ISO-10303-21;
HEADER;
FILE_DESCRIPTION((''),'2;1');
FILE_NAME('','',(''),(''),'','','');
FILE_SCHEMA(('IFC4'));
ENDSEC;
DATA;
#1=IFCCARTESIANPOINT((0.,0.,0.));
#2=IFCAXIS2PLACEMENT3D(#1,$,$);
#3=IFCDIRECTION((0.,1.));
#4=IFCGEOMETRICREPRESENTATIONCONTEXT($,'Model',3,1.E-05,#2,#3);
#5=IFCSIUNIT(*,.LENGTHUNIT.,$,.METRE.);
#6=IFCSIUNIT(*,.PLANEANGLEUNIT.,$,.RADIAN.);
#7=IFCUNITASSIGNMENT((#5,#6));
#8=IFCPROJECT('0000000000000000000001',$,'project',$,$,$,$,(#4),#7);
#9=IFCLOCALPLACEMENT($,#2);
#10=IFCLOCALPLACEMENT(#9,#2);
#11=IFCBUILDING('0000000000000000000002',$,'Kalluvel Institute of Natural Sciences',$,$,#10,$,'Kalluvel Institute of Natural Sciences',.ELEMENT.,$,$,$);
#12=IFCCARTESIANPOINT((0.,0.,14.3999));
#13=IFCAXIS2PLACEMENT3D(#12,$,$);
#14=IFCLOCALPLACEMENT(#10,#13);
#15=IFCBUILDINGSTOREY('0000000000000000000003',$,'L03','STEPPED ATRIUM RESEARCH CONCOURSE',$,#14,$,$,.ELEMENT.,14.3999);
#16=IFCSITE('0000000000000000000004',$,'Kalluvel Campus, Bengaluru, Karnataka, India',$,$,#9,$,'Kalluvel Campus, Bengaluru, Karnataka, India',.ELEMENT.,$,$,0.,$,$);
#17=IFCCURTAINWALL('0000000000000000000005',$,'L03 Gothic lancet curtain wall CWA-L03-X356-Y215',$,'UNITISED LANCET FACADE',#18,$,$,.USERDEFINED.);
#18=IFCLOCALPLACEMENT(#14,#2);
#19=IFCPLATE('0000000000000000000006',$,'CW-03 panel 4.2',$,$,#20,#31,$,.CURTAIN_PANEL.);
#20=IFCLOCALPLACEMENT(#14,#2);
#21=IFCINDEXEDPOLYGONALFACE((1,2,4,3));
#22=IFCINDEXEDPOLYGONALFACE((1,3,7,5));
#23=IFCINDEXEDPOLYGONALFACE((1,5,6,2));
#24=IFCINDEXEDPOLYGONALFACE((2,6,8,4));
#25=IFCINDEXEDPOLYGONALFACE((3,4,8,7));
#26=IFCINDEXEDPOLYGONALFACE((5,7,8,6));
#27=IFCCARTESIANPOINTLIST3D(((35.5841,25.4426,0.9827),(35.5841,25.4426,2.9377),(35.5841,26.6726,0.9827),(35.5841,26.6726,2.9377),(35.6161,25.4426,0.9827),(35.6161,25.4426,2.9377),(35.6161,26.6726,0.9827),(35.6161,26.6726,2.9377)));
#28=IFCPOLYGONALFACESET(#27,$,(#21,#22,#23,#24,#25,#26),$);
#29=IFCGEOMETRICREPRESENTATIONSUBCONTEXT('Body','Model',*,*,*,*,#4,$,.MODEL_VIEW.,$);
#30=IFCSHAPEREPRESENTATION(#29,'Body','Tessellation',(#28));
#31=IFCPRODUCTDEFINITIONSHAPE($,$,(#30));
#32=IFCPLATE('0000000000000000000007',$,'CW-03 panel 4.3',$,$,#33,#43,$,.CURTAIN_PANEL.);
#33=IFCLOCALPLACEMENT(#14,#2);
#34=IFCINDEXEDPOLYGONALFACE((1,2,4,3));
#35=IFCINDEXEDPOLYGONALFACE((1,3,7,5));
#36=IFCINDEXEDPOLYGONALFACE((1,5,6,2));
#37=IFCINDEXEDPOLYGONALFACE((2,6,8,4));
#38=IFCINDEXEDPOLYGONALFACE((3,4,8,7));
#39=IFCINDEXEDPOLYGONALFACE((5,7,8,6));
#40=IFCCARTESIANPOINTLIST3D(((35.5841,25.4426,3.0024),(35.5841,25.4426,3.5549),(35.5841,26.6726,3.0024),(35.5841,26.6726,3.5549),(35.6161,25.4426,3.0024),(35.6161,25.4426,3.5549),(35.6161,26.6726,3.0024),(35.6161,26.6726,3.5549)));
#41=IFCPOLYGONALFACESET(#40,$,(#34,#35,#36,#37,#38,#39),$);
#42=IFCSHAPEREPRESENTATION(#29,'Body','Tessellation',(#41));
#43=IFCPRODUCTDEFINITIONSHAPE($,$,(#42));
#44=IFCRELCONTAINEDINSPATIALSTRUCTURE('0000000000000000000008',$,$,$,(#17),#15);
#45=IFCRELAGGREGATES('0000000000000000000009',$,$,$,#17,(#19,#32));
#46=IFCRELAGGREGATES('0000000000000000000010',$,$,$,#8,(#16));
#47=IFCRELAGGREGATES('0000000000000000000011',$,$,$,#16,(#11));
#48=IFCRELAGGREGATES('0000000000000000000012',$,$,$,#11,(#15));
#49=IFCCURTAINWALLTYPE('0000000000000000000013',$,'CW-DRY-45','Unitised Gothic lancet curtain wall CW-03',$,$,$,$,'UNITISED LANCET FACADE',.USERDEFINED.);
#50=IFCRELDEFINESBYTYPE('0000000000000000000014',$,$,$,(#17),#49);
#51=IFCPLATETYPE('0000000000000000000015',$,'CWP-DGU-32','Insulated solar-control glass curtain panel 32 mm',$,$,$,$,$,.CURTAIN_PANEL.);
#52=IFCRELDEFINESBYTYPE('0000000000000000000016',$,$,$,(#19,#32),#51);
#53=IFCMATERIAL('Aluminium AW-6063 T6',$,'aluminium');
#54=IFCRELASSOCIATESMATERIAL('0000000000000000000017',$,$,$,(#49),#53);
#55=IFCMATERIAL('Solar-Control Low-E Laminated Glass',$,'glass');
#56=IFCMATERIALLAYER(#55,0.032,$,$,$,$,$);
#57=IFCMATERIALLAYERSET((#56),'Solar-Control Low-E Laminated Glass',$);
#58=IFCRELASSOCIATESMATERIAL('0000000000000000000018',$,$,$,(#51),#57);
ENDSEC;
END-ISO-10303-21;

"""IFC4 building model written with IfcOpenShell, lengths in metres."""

from ifc_helpers import new_model, si_unit, direction, frame, origin, origin_2d, place, context, subcontext, project, spatial, rectangle, extrude, material, layer, layer_set, type_object, element, aggregate, save


model = new_model("IFC4")

# Units and contexts
model_context = context("Model", 3, precision=1e-05, world=origin(), true_north=direction((0.0, 1.0)))
body_context = subcontext(model_context, "Body", "Model", "MODEL_VIEW")
ifc_project = project(units=[si_unit("LENGTHUNIT", "METRE"), si_unit("PLANEANGLEUNIT", "RADIAN")], contexts=[model_context])

# Site, building, storey
site_placement = place(None, origin())
site = spatial("IfcSite", under=ifc_project, at=site_placement, Name="Kalluvel Campus, Bengaluru, Karnataka, India", LongName="Kalluvel Campus, Bengaluru, Karnataka, India", CompositionType="ELEMENT", RefElevation=0.0)
building_placement = place(site_placement, origin())
building = spatial("IfcBuilding", under=site, at=building_placement, Name="Kalluvel Institute of Natural Sciences", LongName="Kalluvel Institute of Natural Sciences", CompositionType="ELEMENT")
storey_placement = place(building_placement, frame((0.0, 0.0, 14.3999)))
storey = spatial("IfcBuildingStorey", under=building, at=storey_placement, Name="L03", Description="STEPPED ATRIUM RESEARCH CONCOURSE", CompositionType="ELEMENT", Elevation=14.3999)

# Curtain wall, plates
ifc_material_1 = material(Name="Aluminium AW-6063 T6", Category="aluminium")
curtain_wall_type = type_object("IfcCurtainWallType", Name="CW-DRY-45", Description="Unitised Gothic lancet curtain wall CW-03", ElementType="UNITISED LANCET FACADE", PredefinedType="USERDEFINED", material=ifc_material_1)
curtain_wall_placement = place(storey_placement, origin())
curtain_wall = element("IfcCurtainWall", 1, at=curtain_wall_placement, inside=storey, type_object=curtain_wall_type, Name="L03 Gothic lancet curtain wall CWA-L03-X356-Y215", ObjectType="UNITISED LANCET FACADE", PredefinedType="USERDEFINED")
ifc_material_2 = material(Name="Solar-Control Low-E Laminated Glass", Category="glass")
ifc_layer = layer(ifc_material_2, 0.032)
ifc_layer_set = layer_set([ifc_layer], Name="Solar-Control Low-E Laminated Glass")
plate_type = type_object("IfcPlateType", Name="CWP-DGU-32", Description="Insulated solar-control glass curtain panel 32 mm", PredefinedType="CURTAIN_PANEL", material=ifc_layer_set)
plate_1_placement = place(storey_placement, frame((35.6001, 26.0576, 0.9827), z_axis=(0.0, 0.0, 1.0), x_axis=(0.0, 1.0, 0.0)))
plate_1 = element("IfcPlate", 2, at=plate_1_placement, type_object=plate_type, Name="CW-03 panel 4.2", PredefinedType="CURTAIN_PANEL", context=body_context, shape_type="SweptSolid", body=[
    extrude(rectangle(XDim=1.23, YDim=0.032, at=origin_2d()), origin(), (0.0, 0.0, 1.0), 1.9551),
])
plate_2_placement = place(storey_placement, frame((35.6001, 26.0576, 3.0024), z_axis=(0.0, 0.0, 1.0), x_axis=(0.0, 1.0, 0.0)))
plate_2 = element("IfcPlate", 3, at=plate_2_placement, type_object=plate_type, Name="CW-03 panel 4.3", PredefinedType="CURTAIN_PANEL", context=body_context, shape_type="SweptSolid", body=[
    extrude(rectangle(XDim=1.23, YDim=0.032, at=origin_2d()), origin(), (0.0, 0.0, 1.0), 0.5525),
])
aggregate(curtain_wall, [plate_1, plate_2])

save(model, "model.ifc")
